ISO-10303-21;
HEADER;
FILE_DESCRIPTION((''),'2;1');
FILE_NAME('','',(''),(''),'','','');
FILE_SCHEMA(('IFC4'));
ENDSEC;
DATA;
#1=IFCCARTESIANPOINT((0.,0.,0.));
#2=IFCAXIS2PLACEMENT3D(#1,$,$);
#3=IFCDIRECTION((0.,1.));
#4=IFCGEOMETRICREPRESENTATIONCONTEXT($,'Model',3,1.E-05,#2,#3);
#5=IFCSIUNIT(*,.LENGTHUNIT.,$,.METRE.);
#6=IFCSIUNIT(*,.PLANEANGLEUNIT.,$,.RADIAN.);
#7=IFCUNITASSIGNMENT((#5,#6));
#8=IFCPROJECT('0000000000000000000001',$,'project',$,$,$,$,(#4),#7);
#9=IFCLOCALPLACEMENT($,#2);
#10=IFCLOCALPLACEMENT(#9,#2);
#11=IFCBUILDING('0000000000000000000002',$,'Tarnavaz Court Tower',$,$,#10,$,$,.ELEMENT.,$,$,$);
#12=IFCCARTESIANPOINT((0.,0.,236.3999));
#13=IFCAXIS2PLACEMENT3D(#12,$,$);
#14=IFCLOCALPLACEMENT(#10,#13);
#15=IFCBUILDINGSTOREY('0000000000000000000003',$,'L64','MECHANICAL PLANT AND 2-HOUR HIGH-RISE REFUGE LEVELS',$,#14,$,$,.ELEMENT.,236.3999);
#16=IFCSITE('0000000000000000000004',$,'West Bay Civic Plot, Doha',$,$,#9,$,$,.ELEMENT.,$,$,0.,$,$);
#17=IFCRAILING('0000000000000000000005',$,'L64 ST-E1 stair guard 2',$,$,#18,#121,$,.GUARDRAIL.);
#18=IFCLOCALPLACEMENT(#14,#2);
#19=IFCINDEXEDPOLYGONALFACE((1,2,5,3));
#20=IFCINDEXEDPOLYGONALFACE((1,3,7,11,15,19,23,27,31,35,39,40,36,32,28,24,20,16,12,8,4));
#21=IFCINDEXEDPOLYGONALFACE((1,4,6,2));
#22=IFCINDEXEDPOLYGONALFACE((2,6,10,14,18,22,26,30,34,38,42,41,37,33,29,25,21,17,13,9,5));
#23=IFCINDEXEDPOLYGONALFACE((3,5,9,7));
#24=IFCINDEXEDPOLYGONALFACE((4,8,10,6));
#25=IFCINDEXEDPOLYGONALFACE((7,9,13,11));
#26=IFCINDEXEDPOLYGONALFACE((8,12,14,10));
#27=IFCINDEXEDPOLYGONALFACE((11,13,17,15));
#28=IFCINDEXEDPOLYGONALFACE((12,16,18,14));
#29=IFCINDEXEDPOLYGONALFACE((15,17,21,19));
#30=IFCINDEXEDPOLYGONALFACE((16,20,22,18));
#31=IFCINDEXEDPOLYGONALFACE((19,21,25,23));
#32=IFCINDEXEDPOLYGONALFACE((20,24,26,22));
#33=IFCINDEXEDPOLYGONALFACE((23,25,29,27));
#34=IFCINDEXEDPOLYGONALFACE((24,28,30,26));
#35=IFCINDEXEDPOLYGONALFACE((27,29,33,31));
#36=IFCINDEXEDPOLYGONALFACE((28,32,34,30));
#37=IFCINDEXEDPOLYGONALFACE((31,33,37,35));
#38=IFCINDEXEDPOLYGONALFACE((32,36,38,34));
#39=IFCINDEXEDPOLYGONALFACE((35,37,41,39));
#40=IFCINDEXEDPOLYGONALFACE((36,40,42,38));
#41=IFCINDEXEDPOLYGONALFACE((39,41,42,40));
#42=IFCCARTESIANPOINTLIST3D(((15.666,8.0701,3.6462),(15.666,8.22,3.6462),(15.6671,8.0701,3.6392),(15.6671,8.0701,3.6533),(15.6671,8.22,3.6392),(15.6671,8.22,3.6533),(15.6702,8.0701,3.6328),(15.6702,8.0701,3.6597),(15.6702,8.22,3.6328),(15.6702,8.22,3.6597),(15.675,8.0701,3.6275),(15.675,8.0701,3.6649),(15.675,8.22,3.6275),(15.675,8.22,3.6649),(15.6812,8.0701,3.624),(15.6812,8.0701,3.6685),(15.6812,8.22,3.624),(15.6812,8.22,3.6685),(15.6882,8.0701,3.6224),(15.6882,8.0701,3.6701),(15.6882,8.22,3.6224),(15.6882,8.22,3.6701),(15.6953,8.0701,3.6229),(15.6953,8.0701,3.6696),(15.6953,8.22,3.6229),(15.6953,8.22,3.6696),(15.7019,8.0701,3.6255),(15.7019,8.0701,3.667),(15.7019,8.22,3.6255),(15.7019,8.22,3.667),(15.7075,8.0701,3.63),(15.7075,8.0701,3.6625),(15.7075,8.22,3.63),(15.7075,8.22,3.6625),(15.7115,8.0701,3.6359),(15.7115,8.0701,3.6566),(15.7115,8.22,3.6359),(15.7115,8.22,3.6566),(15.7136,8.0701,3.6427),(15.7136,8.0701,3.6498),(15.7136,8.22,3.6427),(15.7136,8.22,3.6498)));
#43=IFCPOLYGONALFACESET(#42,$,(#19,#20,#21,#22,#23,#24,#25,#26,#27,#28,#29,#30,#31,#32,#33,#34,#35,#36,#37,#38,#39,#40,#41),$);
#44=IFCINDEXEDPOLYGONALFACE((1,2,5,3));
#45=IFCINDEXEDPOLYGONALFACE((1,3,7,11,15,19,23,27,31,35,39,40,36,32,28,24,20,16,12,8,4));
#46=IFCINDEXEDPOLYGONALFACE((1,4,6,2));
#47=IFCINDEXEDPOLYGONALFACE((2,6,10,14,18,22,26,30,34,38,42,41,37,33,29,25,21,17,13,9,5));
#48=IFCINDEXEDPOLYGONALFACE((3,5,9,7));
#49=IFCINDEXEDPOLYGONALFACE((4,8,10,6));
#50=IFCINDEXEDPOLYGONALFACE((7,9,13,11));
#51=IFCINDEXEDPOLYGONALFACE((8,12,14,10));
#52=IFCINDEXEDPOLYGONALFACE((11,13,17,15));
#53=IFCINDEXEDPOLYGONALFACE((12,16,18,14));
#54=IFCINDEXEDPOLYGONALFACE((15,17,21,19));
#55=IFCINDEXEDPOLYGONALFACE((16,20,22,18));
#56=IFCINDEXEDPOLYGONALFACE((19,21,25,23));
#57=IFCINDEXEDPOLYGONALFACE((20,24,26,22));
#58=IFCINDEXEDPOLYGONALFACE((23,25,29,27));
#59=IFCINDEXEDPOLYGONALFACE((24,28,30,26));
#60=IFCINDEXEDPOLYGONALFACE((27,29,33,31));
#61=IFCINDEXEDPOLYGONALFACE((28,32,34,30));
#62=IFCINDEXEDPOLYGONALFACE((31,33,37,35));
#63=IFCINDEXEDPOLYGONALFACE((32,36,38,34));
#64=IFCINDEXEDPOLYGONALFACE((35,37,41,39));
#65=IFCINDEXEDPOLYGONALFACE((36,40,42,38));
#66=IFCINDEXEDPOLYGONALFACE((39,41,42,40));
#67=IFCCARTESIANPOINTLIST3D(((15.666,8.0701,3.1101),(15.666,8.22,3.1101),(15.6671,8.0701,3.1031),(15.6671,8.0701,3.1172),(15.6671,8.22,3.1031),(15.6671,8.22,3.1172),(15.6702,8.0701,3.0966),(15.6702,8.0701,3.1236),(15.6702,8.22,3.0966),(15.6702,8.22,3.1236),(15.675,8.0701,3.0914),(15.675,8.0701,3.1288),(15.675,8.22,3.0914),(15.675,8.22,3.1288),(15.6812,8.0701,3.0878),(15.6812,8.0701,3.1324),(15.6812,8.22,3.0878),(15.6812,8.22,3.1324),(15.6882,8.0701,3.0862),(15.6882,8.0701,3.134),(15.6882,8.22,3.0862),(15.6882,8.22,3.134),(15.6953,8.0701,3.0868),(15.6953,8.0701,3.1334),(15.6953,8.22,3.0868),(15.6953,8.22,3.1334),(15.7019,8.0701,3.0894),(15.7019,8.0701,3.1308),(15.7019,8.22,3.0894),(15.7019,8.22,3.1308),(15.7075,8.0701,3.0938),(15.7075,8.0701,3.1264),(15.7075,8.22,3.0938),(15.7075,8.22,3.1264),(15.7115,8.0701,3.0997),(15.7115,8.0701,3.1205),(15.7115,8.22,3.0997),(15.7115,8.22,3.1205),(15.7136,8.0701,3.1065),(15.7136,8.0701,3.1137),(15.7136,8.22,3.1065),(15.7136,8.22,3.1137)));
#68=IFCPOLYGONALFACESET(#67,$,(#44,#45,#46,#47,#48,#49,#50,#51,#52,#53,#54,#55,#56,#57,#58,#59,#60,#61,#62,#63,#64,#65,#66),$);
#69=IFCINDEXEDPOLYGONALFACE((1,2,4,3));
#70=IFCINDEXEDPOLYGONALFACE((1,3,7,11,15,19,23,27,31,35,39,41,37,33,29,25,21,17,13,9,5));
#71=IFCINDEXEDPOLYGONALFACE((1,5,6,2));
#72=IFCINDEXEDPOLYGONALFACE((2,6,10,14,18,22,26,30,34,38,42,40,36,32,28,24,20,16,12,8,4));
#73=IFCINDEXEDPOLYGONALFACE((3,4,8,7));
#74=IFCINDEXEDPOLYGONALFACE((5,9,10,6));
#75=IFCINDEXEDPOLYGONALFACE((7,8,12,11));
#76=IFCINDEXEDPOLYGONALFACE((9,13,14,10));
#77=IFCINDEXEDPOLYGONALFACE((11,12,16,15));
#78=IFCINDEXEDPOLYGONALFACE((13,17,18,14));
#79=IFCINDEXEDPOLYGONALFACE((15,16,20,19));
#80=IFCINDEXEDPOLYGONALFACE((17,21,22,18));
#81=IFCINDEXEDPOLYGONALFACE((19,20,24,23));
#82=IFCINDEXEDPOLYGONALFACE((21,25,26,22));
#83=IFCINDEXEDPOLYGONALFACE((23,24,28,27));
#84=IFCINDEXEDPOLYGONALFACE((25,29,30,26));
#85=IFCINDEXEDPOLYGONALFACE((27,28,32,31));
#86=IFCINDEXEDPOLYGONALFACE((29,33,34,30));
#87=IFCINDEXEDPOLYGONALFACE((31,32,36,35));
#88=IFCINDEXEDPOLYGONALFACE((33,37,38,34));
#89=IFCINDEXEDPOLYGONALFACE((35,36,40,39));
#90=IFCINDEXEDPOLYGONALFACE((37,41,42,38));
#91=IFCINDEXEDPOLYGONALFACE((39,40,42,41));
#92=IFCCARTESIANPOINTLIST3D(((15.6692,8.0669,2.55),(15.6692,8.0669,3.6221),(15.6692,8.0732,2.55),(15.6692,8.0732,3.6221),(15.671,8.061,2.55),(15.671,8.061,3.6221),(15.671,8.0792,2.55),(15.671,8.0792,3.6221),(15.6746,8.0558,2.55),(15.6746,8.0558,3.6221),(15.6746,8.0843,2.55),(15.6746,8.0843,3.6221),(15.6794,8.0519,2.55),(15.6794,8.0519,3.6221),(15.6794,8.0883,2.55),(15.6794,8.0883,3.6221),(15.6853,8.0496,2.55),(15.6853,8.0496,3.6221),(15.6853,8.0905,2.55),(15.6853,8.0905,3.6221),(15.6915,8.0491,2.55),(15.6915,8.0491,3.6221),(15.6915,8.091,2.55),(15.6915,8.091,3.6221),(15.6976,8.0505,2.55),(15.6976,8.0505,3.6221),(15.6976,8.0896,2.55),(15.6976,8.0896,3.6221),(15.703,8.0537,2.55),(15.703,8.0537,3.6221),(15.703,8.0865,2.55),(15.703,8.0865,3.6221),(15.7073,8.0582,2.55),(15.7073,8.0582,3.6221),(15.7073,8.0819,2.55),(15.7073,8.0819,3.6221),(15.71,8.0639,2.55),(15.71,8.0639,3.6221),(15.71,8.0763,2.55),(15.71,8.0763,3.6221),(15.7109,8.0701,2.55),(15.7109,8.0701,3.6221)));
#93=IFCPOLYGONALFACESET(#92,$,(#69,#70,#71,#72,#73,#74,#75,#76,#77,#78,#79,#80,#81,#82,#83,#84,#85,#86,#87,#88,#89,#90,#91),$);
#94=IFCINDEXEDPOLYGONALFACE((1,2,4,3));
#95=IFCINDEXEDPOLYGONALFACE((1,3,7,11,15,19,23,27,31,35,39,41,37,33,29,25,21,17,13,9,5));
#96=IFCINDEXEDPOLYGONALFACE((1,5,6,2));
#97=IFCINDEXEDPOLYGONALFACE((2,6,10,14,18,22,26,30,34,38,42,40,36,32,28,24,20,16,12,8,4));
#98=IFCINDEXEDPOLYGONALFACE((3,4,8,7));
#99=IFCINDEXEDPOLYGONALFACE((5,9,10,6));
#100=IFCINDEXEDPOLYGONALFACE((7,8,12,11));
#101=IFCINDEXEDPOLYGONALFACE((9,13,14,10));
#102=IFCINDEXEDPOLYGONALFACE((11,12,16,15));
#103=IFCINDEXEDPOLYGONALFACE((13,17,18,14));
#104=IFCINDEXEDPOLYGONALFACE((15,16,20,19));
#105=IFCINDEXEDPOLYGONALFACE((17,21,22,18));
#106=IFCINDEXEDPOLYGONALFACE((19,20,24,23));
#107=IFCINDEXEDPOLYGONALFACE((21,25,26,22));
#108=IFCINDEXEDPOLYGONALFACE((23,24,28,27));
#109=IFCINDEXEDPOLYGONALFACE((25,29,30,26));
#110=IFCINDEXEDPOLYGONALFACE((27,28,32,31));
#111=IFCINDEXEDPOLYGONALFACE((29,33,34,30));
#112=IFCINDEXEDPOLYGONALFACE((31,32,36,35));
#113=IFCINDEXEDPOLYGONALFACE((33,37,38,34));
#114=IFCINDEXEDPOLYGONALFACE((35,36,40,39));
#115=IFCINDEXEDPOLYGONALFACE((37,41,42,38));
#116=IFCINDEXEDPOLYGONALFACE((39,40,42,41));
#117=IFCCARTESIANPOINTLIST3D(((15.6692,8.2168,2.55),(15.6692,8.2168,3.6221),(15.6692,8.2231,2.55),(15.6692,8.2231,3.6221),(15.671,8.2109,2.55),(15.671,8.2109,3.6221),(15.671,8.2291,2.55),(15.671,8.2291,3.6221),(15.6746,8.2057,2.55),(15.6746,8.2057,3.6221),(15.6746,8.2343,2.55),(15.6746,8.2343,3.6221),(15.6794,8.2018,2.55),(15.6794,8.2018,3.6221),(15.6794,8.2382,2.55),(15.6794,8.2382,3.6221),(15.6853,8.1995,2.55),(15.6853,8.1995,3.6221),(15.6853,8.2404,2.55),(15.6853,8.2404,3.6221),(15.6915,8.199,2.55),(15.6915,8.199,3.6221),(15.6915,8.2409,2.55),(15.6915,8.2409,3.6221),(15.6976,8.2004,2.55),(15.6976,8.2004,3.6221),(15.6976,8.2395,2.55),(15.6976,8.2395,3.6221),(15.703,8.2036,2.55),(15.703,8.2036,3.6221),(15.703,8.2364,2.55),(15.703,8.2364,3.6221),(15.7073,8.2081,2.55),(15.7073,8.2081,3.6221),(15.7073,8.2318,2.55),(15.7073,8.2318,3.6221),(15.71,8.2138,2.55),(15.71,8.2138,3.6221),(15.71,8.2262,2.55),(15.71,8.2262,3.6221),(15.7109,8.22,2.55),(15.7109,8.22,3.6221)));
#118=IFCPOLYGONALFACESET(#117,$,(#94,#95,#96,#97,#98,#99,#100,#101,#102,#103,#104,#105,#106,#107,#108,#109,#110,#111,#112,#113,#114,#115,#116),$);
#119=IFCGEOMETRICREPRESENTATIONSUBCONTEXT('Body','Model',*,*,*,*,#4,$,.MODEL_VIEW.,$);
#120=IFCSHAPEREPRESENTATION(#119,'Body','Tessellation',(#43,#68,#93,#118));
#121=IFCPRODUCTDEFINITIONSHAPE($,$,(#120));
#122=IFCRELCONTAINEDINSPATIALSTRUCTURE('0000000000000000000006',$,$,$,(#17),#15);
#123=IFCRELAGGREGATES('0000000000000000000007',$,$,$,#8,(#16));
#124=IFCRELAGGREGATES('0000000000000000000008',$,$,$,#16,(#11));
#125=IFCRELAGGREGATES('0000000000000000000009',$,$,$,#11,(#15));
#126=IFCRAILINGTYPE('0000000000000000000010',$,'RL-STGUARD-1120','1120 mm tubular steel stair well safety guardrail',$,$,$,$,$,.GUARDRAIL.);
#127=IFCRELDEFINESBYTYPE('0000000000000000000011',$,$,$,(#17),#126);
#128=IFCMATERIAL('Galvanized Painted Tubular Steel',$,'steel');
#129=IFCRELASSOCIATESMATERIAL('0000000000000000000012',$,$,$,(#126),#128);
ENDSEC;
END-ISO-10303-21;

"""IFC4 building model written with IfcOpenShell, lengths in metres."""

from ifc_helpers import new_model, si_unit, direction, frame, origin, origin_2d, place, context, subcontext, project, spatial, circle, extrude, material, type_object, element, save


model = new_model("IFC4")

# Units and contexts
model_context = context("Model", 3, precision=1e-05, world=origin(), true_north=direction((0.0, 1.0)))
body_context = subcontext(model_context, "Body", "Model", "MODEL_VIEW")
ifc_project = project(units=[si_unit("LENGTHUNIT", "METRE"), si_unit("PLANEANGLEUNIT", "RADIAN")], contexts=[model_context])

# Site, building, storey
site_placement = place(None, origin())
site = spatial("IfcSite", under=ifc_project, at=site_placement, Name="West Bay Civic Plot, Doha", CompositionType="ELEMENT", RefElevation=0.0)
building_placement = place(site_placement, origin())
building = spatial("IfcBuilding", under=site, at=building_placement, Name="Tarnavaz Court Tower", CompositionType="ELEMENT")
storey_placement = place(building_placement, frame((0.0, 0.0, 236.3999)))
storey = spatial("IfcBuildingStorey", under=building, at=storey_placement, Name="L64", Description="MECHANICAL PLANT AND 2-HOUR HIGH-RISE REFUGE LEVELS", CompositionType="ELEMENT", Elevation=236.3999)

# Railing
ifc_material_1 = material(Name="Galvanized Painted Tubular Steel", Category="steel")
railing_type_1 = type_object("IfcRailingType", Name="RL-STGUARD-1120", Description="1120 mm tubular steel stair well safety guardrail", PredefinedType="GUARDRAIL", material=ifc_material_1)
railing_1_placement = place(storey_placement, frame((15.6899, 8.0701, 2.55)))
element("IfcRailing", 1, at=railing_1_placement, inside=storey, type_object=railing_type_1, Name="L64 ST-E1 stair guard 2", PredefinedType="GUARDRAIL", context=body_context, shape_type="SweptSolid", body=[
    extrude(circle(Radius=0.0239, at=origin_2d()), frame((0.0, 0.0, 1.0962), z_axis=(0.0, 1.0, 0.0), x_axis=(-1.0, 0.0, 0.0)), (0.0, 0.0, 1.0), 0.1499),
    extrude(circle(Radius=0.0239, at=origin_2d()), frame((0.0, 0.0, 0.5601), z_axis=(0.0, 1.0, 0.0), x_axis=(-1.0, 0.0, 0.0)), (0.0, 0.0, 1.0), 0.1499),
    extrude(circle(Radius=0.021, at=origin_2d()), origin(), (0.0, 0.0, 1.0), 1.072),
    extrude(circle(Radius=0.021, at=origin_2d()), frame((0.0, 0.1499, 0.0)), (0.0, 0.0, 1.0), 1.072),
])

save(model, "model.ifc")
